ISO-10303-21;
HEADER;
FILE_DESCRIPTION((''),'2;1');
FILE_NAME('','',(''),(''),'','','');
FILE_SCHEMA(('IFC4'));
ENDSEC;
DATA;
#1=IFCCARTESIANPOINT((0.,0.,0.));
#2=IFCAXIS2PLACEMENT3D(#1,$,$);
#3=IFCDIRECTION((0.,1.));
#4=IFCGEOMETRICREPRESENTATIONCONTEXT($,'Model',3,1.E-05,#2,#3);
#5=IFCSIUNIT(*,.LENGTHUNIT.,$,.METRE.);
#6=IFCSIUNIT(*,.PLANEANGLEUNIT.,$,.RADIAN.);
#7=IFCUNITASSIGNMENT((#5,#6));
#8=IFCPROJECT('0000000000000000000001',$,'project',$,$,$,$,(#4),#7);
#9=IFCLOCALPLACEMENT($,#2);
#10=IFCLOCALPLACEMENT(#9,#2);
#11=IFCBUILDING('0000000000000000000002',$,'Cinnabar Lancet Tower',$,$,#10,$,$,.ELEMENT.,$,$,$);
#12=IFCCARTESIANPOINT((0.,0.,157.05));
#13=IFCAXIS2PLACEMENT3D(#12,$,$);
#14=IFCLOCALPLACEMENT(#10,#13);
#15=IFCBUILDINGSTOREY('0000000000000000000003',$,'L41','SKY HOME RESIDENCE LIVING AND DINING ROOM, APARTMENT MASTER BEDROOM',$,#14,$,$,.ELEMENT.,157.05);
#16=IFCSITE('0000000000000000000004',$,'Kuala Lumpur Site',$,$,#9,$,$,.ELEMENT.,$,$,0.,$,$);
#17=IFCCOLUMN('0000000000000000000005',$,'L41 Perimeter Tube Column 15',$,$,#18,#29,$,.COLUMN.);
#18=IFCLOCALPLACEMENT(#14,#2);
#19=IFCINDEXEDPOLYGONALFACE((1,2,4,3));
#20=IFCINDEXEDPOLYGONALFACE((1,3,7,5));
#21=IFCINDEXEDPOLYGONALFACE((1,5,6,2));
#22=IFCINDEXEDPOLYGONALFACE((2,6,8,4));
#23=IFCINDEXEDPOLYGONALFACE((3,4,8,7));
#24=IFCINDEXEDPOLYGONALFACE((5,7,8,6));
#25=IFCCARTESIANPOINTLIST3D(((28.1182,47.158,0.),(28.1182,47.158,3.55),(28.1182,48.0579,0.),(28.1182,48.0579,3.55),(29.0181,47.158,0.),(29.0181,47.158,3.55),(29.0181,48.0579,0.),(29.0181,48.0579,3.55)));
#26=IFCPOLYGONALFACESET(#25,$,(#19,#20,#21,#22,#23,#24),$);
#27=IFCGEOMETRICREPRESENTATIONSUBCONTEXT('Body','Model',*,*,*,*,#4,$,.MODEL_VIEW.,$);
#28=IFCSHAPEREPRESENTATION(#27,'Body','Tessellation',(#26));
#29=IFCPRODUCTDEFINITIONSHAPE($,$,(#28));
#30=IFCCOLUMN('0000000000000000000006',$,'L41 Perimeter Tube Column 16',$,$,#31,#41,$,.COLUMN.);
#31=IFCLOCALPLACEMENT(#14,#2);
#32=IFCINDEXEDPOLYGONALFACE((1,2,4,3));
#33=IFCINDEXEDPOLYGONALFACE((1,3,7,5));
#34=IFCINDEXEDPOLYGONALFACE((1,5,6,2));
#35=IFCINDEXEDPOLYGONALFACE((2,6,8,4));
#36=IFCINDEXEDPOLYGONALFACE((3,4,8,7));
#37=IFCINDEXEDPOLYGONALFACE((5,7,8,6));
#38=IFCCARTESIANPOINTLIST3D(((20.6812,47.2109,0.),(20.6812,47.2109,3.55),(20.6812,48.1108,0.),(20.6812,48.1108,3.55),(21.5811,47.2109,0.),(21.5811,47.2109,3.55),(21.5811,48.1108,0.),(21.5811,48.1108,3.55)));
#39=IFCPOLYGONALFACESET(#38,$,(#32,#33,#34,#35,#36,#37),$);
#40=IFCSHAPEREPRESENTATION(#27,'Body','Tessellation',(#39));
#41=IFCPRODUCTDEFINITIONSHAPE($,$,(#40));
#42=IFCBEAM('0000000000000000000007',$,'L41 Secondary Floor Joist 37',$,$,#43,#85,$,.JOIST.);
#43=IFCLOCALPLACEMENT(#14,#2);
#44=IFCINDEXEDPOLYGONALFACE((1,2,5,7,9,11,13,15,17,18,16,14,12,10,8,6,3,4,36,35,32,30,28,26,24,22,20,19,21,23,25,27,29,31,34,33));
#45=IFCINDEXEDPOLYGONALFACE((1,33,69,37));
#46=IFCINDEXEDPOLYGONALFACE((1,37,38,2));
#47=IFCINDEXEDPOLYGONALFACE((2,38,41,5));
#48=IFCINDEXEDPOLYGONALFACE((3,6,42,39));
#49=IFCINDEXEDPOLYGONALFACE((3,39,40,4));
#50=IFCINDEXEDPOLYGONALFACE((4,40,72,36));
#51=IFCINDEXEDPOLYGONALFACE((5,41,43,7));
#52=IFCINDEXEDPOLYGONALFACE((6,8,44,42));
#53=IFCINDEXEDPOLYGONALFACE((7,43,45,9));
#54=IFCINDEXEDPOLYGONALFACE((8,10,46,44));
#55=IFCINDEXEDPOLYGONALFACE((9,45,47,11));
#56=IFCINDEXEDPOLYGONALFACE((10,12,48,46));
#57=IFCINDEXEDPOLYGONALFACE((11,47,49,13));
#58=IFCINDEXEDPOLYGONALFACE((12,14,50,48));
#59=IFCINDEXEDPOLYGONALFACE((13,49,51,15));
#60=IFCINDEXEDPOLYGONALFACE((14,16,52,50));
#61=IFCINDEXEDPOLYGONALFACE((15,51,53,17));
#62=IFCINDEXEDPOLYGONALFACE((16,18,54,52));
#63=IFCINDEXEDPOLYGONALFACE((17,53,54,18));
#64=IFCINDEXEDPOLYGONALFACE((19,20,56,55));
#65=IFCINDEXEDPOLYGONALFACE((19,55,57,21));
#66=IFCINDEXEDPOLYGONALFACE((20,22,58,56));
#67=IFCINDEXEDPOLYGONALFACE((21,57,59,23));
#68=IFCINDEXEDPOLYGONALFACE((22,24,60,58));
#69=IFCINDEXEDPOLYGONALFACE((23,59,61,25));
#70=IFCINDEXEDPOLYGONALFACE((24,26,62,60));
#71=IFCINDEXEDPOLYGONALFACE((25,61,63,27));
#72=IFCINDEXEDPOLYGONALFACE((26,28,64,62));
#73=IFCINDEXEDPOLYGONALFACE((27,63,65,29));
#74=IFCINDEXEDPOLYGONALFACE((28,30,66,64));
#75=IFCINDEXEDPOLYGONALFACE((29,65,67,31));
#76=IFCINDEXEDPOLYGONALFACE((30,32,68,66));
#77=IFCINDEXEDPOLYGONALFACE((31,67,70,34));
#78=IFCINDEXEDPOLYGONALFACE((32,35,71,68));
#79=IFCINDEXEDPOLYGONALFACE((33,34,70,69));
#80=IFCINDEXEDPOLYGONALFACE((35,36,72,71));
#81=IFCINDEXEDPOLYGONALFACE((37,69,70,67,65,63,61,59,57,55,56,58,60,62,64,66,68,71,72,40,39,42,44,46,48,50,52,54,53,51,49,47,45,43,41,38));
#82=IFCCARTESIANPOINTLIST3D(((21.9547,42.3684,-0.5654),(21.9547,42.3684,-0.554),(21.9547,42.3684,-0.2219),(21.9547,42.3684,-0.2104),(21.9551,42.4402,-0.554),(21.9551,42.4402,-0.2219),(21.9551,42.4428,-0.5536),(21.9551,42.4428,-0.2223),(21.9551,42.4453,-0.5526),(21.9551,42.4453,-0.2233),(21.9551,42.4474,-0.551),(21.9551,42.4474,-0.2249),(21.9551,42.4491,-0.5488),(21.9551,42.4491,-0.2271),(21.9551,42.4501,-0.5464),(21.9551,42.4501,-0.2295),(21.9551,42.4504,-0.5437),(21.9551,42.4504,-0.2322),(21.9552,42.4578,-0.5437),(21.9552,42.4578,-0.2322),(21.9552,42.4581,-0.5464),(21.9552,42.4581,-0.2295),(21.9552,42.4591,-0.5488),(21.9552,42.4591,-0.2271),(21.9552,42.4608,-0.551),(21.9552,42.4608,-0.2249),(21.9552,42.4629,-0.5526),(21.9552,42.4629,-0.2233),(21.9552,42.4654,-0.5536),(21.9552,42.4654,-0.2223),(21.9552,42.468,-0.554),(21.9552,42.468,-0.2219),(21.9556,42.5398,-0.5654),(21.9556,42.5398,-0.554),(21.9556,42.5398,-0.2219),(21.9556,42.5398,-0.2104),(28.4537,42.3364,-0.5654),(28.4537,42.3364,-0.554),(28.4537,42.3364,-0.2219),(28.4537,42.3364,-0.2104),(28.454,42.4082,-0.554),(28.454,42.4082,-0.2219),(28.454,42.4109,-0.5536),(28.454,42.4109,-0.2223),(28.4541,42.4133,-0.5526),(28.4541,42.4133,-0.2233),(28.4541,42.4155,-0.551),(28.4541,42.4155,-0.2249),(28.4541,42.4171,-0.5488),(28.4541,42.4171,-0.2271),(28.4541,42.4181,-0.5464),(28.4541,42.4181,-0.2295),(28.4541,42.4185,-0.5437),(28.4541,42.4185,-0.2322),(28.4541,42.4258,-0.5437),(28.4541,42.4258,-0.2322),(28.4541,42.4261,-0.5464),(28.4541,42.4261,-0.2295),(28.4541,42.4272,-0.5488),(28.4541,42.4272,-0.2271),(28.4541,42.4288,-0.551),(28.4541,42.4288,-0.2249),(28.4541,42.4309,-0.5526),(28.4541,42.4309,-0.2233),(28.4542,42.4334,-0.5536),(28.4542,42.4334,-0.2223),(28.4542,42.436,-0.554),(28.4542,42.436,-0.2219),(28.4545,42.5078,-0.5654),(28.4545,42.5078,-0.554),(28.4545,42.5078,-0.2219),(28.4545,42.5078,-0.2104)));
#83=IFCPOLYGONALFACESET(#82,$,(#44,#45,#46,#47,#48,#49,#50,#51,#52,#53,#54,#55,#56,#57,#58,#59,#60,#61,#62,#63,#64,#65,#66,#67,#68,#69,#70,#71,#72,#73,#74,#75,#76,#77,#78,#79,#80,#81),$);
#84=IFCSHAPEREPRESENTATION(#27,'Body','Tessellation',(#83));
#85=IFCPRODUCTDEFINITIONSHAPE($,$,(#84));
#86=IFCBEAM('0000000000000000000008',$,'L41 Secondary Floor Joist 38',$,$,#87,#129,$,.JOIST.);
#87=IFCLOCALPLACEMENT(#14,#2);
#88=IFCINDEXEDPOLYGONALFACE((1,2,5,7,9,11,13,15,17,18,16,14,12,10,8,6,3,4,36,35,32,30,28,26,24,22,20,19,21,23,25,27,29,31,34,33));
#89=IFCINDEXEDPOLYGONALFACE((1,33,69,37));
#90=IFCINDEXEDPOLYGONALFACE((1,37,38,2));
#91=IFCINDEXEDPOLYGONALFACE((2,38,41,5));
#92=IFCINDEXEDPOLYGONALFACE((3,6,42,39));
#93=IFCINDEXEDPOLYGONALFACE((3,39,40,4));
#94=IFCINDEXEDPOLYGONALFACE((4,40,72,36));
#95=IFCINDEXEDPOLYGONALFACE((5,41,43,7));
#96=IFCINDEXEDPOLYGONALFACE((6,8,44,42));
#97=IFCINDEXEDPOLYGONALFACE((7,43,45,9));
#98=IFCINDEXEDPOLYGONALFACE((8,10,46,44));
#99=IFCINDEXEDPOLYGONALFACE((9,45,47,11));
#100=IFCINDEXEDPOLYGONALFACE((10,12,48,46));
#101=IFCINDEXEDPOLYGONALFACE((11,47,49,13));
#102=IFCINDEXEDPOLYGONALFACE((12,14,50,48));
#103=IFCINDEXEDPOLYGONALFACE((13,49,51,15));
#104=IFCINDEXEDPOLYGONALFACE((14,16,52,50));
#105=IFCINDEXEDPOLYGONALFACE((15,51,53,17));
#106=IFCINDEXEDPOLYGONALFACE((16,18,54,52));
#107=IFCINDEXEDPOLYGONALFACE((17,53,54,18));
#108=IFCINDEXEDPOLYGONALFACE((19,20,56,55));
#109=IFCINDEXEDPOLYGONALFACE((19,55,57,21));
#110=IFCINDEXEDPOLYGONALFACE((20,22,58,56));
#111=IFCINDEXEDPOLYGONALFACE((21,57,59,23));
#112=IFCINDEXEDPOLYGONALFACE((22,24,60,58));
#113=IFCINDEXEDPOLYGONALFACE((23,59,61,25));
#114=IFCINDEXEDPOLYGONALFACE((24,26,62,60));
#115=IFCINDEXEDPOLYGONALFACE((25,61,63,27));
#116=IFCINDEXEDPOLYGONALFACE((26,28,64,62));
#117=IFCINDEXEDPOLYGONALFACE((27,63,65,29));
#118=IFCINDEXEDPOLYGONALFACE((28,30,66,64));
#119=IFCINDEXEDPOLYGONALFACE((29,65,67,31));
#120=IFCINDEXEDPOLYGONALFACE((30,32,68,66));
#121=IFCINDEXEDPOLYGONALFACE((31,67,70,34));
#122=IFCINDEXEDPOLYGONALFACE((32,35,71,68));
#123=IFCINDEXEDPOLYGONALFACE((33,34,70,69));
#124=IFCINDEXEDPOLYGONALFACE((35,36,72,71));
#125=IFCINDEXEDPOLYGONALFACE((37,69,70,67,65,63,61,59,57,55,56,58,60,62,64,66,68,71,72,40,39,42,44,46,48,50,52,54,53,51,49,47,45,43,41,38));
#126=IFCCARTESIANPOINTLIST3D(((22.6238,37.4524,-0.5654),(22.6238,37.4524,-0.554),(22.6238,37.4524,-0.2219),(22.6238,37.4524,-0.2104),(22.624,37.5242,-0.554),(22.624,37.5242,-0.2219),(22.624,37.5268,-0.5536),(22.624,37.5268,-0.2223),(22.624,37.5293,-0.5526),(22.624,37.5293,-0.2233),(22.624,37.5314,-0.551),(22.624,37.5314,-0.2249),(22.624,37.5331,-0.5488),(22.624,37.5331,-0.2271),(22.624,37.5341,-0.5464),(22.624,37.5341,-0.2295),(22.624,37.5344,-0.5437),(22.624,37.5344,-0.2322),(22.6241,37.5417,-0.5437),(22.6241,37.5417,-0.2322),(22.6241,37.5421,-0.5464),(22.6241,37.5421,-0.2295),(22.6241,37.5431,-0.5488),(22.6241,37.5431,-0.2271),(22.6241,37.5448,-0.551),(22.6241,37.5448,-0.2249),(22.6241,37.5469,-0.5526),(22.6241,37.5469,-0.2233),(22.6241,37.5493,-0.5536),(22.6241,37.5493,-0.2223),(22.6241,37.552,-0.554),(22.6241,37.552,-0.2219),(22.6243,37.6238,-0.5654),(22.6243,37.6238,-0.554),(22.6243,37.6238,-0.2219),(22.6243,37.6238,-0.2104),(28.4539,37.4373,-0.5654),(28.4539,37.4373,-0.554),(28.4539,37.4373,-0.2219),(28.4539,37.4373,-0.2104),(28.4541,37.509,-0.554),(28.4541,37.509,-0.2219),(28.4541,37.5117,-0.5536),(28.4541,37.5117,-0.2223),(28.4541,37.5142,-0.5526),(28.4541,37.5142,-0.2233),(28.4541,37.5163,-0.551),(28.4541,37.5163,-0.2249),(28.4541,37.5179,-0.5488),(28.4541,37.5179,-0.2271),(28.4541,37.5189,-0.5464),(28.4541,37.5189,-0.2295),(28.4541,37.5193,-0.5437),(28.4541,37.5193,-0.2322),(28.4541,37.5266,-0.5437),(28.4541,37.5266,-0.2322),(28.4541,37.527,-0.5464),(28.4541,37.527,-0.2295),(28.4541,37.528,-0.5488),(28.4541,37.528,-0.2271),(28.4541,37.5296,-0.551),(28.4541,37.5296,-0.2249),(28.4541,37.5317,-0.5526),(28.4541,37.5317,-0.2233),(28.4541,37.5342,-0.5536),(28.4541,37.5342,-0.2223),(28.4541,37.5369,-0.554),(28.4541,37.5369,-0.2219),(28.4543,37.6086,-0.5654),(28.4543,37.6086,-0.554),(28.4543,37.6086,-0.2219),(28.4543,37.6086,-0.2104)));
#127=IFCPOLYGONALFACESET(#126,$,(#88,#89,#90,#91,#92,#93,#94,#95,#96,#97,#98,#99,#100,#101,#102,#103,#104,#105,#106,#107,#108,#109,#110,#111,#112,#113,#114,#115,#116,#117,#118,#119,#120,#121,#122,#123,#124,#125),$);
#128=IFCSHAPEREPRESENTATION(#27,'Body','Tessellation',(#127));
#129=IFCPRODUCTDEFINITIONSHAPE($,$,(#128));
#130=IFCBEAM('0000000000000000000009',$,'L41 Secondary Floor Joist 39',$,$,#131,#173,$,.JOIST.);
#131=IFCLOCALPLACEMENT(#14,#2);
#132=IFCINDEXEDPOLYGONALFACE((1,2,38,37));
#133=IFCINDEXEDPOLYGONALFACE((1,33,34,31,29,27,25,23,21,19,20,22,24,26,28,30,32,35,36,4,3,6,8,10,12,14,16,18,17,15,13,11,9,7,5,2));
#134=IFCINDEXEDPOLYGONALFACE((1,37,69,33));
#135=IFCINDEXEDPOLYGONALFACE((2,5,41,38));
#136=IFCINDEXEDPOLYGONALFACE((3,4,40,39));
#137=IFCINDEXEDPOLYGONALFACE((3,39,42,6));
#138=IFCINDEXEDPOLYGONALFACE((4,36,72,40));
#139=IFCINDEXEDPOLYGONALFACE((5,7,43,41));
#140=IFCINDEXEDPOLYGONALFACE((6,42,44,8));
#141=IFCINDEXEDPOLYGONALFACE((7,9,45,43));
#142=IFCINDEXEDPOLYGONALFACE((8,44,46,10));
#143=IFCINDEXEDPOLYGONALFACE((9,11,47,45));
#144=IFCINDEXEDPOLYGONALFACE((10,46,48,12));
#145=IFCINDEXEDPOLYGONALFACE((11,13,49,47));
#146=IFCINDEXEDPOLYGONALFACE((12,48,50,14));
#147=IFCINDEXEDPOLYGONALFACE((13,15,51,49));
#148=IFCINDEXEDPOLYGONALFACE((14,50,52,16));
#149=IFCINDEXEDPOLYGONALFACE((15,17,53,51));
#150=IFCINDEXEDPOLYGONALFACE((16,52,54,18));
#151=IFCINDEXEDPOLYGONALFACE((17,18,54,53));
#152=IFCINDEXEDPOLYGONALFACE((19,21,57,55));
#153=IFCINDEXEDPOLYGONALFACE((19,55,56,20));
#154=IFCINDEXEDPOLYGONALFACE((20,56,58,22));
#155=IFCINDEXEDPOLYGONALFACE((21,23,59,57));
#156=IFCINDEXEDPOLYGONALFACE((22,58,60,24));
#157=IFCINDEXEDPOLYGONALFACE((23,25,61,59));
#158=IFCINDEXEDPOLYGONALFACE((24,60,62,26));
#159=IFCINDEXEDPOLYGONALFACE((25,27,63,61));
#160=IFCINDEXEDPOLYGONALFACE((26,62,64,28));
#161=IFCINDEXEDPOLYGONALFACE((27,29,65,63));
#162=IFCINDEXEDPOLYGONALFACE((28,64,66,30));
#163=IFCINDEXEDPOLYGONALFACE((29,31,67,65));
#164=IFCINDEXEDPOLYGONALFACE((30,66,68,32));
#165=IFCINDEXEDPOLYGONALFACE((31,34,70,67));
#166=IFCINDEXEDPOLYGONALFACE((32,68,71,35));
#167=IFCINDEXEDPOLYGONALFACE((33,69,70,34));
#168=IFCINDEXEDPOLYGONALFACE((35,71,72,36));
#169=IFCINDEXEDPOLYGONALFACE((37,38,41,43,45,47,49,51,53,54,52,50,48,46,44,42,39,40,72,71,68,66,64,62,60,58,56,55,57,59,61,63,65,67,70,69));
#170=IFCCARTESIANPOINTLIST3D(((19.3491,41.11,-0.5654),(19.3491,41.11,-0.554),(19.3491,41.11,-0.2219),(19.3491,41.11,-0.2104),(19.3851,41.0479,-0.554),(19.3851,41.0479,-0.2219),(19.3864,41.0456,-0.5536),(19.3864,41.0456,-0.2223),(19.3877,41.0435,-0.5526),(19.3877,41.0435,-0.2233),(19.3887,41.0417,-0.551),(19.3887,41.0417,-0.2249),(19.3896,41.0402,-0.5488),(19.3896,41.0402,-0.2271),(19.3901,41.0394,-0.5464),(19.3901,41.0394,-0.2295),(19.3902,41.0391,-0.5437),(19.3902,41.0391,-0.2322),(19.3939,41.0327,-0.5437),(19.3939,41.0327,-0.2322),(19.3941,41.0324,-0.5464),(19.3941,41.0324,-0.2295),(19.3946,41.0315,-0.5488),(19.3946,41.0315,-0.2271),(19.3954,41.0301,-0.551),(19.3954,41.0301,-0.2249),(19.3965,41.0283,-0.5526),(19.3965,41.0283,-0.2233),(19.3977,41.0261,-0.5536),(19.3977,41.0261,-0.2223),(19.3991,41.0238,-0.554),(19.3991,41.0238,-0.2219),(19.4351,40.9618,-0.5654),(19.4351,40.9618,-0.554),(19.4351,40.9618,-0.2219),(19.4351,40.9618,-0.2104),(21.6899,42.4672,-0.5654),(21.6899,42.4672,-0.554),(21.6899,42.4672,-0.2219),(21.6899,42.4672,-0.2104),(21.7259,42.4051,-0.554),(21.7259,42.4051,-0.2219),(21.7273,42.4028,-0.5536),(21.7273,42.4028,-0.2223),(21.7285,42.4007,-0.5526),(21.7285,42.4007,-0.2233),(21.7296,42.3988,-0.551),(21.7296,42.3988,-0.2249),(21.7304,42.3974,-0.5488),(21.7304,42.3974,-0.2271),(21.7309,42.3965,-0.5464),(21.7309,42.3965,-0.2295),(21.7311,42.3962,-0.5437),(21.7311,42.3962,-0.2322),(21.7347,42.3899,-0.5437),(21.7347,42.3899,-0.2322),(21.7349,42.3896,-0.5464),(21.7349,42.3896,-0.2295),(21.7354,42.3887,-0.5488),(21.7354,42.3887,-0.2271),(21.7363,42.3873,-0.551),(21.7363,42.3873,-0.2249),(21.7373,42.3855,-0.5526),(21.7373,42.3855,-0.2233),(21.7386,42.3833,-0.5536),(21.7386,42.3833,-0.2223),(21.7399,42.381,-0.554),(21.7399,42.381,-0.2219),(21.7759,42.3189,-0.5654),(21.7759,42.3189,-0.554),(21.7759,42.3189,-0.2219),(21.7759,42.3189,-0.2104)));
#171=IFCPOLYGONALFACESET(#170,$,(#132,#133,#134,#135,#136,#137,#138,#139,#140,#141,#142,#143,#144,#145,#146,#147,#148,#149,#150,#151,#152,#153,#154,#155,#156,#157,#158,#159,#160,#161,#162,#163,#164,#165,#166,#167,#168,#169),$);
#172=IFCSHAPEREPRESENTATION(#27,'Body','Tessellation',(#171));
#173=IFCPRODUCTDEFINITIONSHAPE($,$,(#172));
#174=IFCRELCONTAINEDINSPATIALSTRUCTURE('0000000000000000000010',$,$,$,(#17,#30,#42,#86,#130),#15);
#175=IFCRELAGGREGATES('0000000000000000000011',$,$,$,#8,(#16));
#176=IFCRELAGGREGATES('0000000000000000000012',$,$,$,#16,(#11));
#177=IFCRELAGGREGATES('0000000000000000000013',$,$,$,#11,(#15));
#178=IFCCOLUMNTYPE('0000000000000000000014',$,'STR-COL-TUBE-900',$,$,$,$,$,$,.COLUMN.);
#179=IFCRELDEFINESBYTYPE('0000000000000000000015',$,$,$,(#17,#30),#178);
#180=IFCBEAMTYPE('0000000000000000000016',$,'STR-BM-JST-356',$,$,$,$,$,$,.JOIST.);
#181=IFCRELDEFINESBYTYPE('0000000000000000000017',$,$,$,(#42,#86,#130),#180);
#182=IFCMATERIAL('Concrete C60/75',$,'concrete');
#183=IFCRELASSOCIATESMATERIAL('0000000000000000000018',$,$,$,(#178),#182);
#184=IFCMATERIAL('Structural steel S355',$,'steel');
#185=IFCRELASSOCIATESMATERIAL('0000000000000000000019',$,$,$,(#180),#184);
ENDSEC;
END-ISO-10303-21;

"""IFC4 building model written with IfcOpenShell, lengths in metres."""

from ifc_helpers import new_model, si_unit, direction, frame, origin, origin_2d, place, context, subcontext, project, spatial, rectangle, i_section, extrude, material, material_profile, profile_set, type_object, element, save


model = new_model("IFC4")

# Units and contexts
model_context = context("Model", 3, precision=1e-05, world=origin(), true_north=direction((0.0, 1.0)))
body_context = subcontext(model_context, "Body", "Model", "MODEL_VIEW")
ifc_project = project(units=[si_unit("LENGTHUNIT", "METRE"), si_unit("PLANEANGLEUNIT", "RADIAN")], contexts=[model_context])

# Site, building, storey
site_placement = place(None, origin())
site = spatial("IfcSite", under=ifc_project, at=site_placement, Name="Kuala Lumpur Site", CompositionType="ELEMENT", RefElevation=0.0)
building_placement = place(site_placement, origin())
building = spatial("IfcBuilding", under=site, at=building_placement, Name="Cinnabar Lancet Tower", CompositionType="ELEMENT")
storey_placement = place(building_placement, frame((0.0, 0.0, 157.05)))
storey = spatial("IfcBuildingStorey", under=building, at=storey_placement, Name="L41", Description="SKY HOME RESIDENCE LIVING AND DINING ROOM, APARTMENT MASTER BEDROOM", CompositionType="ELEMENT", Elevation=157.05)

# Columns
ifc_material_1 = material(Name="Concrete C60/75", Category="concrete")
ifc_material_profile_1 = material_profile(ifc_material_1, rectangle(XDim=0.8999, YDim=0.8999, at=origin_2d()), Name="RC-COL 900x900")
ifc_profile_set_1 = profile_set([ifc_material_profile_1], Name="Concrete C60/75")
column_type = type_object("IfcColumnType", Name="STR-COL-TUBE-900", PredefinedType="COLUMN", material=ifc_profile_set_1)
for number, where, z_axis, x_axis, name in (
    (1, (28.5681, 47.6079, 0.0), (0.0, 0.0, 1.0), (1.0, 0.0, 0.0), "L41 Perimeter Tube Column 15"),
    (2, (21.1311, 47.6609, 0.0), (0.0, 0.0, 1.0), (1.0, 0.0, 0.0), "L41 Perimeter Tube Column 16"),
):
    element("IfcColumn", number, at=place(storey_placement, frame(where, z_axis=z_axis, x_axis=x_axis)), inside=storey, type_object=column_type, Name=name, PredefinedType="COLUMN", context=body_context, shape_type="SweptSolid", body=[
        extrude(rectangle(XDim=0.8999, YDim=0.8999, at=origin_2d()), origin(), (0.0, 0.0, 1.0), 3.55),
    ])

# Beams
ifc_material_2 = material(Name="Structural steel S355", Category="steel")
ifc_material_profile_2 = material_profile(ifc_material_2, i_section(OverallWidth=0.1714, OverallDepth=0.355, WebThickness=0.0073, FlangeThickness=0.0115, FilletRadius=0.0103, at=origin_2d()), Name="UKB 356x171x51")
ifc_profile_set_2 = profile_set([ifc_material_profile_2], Name="Structural steel S355")
beam_type_1 = type_object("IfcBeamType", Name="STR-BM-JST-356", PredefinedType="JOIST", material=ifc_profile_set_2)
beam_1_placement = place(storey_placement, frame((28.4541, 42.4221, -0.3879), z_axis=(-0.999988, 0.004921, 0.0), x_axis=(-0.004921, -0.999988, 0.0)))
element("IfcBeam", 3, at=beam_1_placement, inside=storey, type_object=beam_type_1, Name="L41 Secondary Floor Joist 37", PredefinedType="JOIST", context=body_context, shape_type="SweptSolid", body=[
    extrude(i_section(OverallWidth=0.1714, OverallDepth=0.355, WebThickness=0.0073, FlangeThickness=0.0115, FilletRadius=0.0103, at=origin_2d()), origin(), (0.0, 0.0, 1.0), 6.499),
])
beam_2_placement = place(storey_placement, frame((28.4541, 37.5229, -0.3879), z_axis=(-0.999997, 0.002596, 0.0), x_axis=(-0.002596, -0.999997, 0.0)))
element("IfcBeam", 4, at=beam_2_placement, inside=storey, type_object=beam_type_1, Name="L41 Secondary Floor Joist 38", PredefinedType="JOIST", context=body_context, shape_type="SweptSolid", body=[
    extrude(i_section(OverallWidth=0.1714, OverallDepth=0.355, WebThickness=0.0073, FlangeThickness=0.0115, FilletRadius=0.0103, at=origin_2d()), origin(), (0.0, 0.0, 1.0), 5.8301),
])
beam_3_placement = place(storey_placement, frame((21.7329, 42.3931, -0.3879), z_axis=(-0.865111, -0.50158, 0.0), x_axis=(0.50158, -0.865111, 0.0)))
element("IfcBeam", 5, at=beam_3_placement, inside=storey, type_object=beam_type_1, Name="L41 Secondary Floor Joist 39", PredefinedType="JOIST", context=body_context, shape_type="SweptSolid", body=[
    extrude(i_section(OverallWidth=0.1714, OverallDepth=0.355, WebThickness=0.0073, FlangeThickness=0.0115, FilletRadius=0.0103, at=origin_2d()), origin(), (0.0, 0.0, 1.0), 2.7058),
])

save(model, "model.ifc")
